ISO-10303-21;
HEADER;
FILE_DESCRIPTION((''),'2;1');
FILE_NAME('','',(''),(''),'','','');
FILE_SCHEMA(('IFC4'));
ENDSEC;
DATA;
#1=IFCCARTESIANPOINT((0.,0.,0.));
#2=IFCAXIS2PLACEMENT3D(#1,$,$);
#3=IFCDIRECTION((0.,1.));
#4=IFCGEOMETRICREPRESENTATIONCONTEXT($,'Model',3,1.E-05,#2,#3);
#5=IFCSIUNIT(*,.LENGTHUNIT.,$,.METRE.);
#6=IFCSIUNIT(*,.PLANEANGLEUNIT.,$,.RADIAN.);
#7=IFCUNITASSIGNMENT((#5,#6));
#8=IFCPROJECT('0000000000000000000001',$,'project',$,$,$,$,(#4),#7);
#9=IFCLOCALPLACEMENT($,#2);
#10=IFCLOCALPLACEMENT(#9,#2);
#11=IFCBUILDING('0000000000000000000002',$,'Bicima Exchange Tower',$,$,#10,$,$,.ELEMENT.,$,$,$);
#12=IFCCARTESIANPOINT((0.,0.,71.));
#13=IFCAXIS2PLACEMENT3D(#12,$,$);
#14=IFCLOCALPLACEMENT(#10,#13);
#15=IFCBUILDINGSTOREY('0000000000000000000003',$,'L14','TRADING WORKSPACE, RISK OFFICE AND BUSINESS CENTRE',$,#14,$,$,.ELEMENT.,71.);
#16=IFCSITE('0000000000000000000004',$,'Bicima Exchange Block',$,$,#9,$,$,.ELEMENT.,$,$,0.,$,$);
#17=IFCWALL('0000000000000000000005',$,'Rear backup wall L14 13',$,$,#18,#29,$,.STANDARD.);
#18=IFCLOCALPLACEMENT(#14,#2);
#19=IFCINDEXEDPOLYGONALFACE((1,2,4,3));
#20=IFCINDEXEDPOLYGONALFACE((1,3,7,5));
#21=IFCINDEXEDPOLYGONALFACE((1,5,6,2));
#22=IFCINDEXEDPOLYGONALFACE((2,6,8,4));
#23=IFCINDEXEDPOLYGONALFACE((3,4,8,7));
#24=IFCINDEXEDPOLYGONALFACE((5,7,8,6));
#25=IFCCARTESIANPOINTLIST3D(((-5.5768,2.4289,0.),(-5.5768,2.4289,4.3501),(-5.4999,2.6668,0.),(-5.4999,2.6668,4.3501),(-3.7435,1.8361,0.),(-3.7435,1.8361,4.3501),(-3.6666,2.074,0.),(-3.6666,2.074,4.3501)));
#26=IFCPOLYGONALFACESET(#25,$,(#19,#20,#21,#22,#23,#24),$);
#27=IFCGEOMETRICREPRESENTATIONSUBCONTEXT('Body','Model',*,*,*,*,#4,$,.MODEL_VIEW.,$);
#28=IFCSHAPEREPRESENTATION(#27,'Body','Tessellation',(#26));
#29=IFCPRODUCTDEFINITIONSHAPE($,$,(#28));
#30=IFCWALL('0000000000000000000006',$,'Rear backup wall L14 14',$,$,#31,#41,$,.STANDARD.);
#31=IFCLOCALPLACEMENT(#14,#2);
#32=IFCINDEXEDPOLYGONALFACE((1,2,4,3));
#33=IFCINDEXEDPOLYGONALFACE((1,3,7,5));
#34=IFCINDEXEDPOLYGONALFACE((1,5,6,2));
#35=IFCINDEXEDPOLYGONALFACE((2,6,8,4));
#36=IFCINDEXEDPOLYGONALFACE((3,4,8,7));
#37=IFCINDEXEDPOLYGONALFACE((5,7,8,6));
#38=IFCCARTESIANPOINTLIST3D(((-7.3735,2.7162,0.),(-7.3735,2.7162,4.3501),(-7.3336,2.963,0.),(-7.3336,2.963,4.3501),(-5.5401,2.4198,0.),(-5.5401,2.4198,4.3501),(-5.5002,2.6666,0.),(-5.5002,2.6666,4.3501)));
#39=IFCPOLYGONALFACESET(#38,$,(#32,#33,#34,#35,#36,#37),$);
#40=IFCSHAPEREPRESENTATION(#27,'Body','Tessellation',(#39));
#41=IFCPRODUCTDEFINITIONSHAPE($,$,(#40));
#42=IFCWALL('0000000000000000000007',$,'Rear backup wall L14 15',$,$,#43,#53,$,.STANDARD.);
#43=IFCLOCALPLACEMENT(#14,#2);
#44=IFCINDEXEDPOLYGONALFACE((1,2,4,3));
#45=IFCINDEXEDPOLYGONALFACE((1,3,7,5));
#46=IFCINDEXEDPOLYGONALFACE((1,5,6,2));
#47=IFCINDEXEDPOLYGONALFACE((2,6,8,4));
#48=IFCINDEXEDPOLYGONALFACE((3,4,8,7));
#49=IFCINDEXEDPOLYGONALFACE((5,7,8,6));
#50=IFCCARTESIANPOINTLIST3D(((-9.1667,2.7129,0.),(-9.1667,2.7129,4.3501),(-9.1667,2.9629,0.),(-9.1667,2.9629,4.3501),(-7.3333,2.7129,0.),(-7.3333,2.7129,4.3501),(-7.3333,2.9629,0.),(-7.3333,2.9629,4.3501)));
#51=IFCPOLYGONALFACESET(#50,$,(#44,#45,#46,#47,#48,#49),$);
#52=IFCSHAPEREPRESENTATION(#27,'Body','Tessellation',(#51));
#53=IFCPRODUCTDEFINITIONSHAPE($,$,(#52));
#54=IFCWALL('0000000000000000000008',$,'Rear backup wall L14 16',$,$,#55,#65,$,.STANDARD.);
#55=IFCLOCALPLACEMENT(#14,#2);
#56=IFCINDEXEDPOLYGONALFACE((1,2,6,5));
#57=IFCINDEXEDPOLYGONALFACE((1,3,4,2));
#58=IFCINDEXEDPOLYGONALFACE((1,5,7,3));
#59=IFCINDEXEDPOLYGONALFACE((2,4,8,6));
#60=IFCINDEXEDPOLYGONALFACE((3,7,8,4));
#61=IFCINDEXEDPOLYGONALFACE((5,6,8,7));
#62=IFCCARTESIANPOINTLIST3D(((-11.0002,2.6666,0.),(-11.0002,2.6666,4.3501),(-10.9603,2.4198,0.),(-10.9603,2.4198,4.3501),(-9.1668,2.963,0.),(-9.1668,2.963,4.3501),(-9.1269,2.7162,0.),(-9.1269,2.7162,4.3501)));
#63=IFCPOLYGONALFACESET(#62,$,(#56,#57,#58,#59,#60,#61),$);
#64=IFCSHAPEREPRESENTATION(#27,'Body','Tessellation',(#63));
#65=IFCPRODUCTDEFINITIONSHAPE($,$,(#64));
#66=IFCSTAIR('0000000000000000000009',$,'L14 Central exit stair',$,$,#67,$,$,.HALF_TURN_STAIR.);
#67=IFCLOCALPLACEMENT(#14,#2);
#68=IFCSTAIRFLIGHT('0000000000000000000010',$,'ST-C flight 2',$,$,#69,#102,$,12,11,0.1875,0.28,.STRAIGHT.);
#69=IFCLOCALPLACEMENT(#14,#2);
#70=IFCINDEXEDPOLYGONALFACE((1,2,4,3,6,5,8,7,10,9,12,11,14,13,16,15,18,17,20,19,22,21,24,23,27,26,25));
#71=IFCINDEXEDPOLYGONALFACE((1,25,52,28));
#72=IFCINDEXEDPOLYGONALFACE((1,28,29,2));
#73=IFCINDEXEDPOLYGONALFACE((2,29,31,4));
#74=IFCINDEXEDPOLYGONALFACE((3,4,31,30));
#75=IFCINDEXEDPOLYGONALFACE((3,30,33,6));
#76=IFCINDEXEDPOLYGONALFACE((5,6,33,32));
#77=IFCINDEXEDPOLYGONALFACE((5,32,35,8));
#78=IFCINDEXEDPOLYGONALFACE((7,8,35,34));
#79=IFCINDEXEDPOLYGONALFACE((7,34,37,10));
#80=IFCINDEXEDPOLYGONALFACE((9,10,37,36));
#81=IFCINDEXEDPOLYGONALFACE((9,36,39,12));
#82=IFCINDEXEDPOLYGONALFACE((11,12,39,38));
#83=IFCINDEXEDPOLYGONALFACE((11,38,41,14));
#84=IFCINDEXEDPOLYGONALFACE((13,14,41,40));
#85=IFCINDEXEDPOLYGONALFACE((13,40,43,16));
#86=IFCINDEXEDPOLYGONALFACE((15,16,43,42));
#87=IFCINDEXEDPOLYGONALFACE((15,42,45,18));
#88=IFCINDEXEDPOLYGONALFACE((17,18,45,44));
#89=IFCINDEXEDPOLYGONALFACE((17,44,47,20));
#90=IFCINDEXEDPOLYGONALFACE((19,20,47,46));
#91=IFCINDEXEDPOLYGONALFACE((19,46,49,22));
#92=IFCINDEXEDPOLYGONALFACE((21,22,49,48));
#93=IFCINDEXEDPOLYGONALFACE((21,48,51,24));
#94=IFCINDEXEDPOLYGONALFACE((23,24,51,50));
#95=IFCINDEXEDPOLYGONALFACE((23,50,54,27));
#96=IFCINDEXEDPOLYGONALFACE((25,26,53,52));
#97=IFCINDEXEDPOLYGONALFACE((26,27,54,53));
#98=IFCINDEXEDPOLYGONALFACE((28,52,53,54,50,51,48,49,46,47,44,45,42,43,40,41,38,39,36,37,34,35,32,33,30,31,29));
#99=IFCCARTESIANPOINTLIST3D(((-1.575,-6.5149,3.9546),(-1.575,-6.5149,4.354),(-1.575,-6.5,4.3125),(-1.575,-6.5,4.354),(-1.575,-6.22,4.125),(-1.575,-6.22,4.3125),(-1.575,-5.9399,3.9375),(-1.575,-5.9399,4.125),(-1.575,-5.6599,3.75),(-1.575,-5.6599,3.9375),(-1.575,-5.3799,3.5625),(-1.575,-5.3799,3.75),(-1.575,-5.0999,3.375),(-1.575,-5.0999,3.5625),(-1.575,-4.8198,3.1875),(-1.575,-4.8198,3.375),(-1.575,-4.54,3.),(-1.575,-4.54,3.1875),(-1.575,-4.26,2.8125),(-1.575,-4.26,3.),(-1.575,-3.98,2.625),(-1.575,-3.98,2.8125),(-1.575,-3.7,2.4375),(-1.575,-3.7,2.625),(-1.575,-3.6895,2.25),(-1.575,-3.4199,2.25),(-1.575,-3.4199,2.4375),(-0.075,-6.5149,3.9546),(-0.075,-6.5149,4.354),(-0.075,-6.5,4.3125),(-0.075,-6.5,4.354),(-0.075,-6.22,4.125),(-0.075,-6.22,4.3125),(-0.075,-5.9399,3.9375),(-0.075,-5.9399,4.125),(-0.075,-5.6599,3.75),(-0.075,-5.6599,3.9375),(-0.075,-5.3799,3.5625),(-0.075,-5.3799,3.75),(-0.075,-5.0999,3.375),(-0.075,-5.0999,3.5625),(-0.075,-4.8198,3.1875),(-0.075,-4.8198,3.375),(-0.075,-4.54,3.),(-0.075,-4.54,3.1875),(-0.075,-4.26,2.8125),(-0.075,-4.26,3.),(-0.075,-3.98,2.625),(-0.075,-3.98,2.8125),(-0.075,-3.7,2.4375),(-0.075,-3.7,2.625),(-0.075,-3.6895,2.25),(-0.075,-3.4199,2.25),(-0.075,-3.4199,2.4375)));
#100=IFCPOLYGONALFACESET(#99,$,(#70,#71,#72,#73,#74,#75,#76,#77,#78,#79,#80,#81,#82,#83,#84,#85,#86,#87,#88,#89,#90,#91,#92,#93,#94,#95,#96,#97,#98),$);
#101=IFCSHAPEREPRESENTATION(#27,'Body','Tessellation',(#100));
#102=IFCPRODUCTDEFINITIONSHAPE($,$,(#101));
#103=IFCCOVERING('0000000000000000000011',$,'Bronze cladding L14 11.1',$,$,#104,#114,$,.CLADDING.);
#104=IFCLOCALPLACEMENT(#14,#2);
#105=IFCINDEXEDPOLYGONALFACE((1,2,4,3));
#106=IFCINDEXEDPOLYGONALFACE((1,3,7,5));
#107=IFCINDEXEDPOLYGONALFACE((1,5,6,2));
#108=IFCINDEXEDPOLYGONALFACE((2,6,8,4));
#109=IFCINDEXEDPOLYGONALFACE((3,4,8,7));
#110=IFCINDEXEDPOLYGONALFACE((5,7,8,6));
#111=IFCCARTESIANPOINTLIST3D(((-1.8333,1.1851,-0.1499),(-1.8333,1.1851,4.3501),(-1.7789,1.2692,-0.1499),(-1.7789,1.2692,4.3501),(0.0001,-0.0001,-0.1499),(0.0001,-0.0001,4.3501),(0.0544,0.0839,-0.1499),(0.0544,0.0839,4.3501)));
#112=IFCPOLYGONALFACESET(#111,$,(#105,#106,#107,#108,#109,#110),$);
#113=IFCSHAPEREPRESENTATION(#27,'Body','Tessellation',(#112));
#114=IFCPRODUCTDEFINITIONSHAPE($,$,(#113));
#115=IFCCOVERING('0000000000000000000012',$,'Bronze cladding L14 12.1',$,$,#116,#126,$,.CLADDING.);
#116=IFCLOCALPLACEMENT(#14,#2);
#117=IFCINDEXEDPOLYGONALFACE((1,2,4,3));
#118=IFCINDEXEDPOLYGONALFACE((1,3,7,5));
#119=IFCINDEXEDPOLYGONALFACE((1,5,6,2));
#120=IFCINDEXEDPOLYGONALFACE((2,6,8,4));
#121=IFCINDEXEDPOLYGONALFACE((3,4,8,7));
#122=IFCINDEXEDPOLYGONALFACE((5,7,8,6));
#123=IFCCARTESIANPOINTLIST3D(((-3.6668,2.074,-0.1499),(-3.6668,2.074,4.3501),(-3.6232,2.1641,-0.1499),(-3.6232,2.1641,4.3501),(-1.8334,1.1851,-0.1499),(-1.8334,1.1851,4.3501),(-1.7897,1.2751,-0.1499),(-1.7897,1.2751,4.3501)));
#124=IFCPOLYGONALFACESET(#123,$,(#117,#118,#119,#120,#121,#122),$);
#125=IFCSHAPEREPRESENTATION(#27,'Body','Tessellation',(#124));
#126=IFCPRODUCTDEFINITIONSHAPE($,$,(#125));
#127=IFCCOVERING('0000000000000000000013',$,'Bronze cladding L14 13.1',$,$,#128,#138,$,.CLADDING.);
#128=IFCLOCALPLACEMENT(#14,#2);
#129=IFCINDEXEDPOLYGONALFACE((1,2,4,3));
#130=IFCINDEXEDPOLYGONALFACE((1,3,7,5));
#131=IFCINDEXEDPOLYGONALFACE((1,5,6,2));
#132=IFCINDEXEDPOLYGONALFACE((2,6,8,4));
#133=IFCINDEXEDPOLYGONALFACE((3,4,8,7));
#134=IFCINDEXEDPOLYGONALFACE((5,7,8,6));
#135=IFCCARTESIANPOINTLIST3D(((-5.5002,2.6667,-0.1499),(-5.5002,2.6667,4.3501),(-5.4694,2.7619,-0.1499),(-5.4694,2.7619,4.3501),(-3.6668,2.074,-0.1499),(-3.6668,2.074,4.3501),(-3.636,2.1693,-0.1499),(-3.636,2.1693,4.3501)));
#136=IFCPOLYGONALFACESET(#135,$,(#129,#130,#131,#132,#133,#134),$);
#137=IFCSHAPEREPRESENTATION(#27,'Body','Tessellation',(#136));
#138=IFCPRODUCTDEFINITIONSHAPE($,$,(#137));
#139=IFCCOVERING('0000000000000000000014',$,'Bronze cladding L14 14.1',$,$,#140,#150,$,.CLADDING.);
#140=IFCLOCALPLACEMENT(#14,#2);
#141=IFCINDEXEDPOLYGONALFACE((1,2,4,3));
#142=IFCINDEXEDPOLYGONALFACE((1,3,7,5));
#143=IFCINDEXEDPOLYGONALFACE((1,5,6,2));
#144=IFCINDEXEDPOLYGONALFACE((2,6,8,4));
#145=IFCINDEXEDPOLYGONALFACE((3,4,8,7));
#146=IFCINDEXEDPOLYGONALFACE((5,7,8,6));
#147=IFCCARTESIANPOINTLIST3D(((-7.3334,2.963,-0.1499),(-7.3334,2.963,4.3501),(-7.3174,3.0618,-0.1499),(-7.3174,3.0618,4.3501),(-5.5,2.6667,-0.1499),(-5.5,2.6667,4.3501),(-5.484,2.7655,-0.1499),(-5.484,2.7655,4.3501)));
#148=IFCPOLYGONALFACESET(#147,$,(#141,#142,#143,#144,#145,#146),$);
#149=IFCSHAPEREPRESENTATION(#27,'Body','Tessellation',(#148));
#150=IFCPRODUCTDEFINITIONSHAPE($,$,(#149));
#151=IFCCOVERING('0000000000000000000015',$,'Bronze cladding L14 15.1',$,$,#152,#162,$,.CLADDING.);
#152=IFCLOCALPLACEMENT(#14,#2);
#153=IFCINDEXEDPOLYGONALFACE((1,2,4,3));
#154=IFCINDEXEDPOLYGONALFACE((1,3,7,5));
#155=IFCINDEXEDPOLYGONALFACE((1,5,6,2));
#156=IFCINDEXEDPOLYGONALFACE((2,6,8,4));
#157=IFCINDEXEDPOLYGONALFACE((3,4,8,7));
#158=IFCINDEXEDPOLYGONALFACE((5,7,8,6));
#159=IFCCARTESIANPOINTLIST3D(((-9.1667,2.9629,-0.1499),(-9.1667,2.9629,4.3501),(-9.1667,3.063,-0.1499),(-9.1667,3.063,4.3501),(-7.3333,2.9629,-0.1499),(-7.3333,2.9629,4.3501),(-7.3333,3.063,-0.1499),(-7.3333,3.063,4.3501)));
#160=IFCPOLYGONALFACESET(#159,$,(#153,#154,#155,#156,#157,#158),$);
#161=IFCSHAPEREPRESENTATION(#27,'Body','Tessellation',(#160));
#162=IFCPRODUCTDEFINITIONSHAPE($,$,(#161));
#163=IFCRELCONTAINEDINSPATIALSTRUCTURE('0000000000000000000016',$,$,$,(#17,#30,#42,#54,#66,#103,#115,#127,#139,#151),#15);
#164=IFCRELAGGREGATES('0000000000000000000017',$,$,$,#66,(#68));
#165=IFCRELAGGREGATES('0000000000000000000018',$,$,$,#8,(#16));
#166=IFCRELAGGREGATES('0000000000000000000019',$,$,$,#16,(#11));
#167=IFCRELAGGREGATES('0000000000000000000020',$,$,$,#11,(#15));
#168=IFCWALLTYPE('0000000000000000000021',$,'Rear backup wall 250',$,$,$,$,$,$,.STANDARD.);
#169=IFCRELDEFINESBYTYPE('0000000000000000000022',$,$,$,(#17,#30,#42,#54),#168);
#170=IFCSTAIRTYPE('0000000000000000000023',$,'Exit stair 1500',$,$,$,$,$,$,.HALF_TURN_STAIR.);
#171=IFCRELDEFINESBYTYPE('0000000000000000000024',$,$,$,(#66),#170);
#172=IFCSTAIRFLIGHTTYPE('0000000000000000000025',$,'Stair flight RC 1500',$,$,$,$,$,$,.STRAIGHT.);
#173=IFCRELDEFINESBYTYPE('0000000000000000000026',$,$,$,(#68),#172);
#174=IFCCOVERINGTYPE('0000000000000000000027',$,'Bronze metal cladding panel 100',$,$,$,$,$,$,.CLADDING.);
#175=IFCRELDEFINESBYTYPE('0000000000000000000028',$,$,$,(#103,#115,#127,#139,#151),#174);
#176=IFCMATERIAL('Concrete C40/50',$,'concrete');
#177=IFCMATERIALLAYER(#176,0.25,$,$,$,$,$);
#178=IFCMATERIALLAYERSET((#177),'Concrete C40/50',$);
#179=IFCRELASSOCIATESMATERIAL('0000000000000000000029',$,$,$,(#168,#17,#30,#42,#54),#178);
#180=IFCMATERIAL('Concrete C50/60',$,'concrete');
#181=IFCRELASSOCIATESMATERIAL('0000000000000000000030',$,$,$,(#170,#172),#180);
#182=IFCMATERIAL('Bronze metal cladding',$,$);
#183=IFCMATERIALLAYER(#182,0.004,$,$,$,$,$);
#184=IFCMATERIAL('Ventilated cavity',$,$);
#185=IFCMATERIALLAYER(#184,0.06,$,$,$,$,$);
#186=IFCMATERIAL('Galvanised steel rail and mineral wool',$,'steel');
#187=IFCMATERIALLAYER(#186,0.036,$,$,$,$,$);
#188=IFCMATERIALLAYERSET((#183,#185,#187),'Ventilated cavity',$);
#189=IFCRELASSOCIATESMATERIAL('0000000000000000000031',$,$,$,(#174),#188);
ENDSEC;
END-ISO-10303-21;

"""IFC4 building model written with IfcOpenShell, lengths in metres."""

from ifc_helpers import new_model, si_unit, direction, frame, frame_2d, origin, origin_2d, place, context, subcontext, project, spatial, polyline, rectangle, outline, extrude, material, layer, layer_set, layer_usage, type_object, element, aggregate, save


model = new_model("IFC4")

# Units and contexts
model_context = context("Model", 3, precision=1e-05, world=origin(), true_north=direction((0.0, 1.0)))
body_context = subcontext(model_context, "Body", "Model", "MODEL_VIEW")
ifc_project = project(units=[si_unit("LENGTHUNIT", "METRE"), si_unit("PLANEANGLEUNIT", "RADIAN")], contexts=[model_context])

# Site, building, storey
site_placement = place(None, origin())
site = spatial("IfcSite", under=ifc_project, at=site_placement, Name="Bicima Exchange Block", CompositionType="ELEMENT", RefElevation=0.0)
building_placement = place(site_placement, origin())
building = spatial("IfcBuilding", under=site, at=building_placement, Name="Bicima Exchange Tower", CompositionType="ELEMENT")
storey_placement = place(building_placement, frame((0.0, 0.0, 71.0)))
storey = spatial("IfcBuildingStorey", under=building, at=storey_placement, Name="L14", Description="TRADING WORKSPACE, RISK OFFICE AND BUSINESS CENTRE", CompositionType="ELEMENT", Elevation=71.0)

# Shared definitions
ifc_material_1 = material(Name="Concrete C40/50", Category="concrete")

# Shared definitions
ifc_material_2 = material(Name="Concrete C50/60", Category="concrete")

# Walls
ifc_layer_1 = layer(ifc_material_1, 0.25)
ifc_layer_set_1 = layer_set([ifc_layer_1], Name="Concrete C40/50")
ifc_layer_usage = layer_usage(ifc_layer_set_1, "AXIS2", "POSITIVE", -0.125)
wall_type_1 = type_object("IfcWallType", Name="Rear backup wall 250", PredefinedType="STANDARD", material=ifc_layer_set_1)
wall_1_placement = place(storey_placement, frame((-3.7051, 1.9551, 0.0), z_axis=(0.0, 0.0, 1.0), x_axis=(-0.951496, 0.307662, 0.0)))
element("IfcWall", 1, at=wall_1_placement, inside=storey, type_object=wall_type_1, material=ifc_layer_usage, Name="Rear backup wall L14 13", PredefinedType="STANDARD", context=body_context, shape_type="SweptSolid", body=[
    extrude(rectangle(XDim=1.9268, YDim=0.25, at=frame_2d((0.9634, 0.0))), origin(), (0.0, 0.0, 1.0), 4.3501),
])
wall_2_placement = place(storey_placement, frame((-5.52, 2.5432, 0.0), z_axis=(0.0, 0.0, 1.0), x_axis=(-0.987182, 0.1596, 0.0)))
element("IfcWall", 2, at=wall_2_placement, inside=storey, type_object=wall_type_1, material=ifc_layer_usage, Name="Rear backup wall L14 14", PredefinedType="STANDARD", context=body_context, shape_type="SweptSolid", body=[
    extrude(rectangle(XDim=1.8572, YDim=0.25, at=frame_2d((0.9287, 0.0))), origin(), (0.0, 0.0, 1.0), 4.3501),
])
wall_3_placement = place(storey_placement, frame((-7.3333, 2.8379, 0.0), z_axis=(0.0, 0.0, 1.0), x_axis=(-1.0, 0.0, 0.0)))
element("IfcWall", 3, at=wall_3_placement, inside=storey, type_object=wall_type_1, material=ifc_layer_usage, Name="Rear backup wall L14 15", PredefinedType="STANDARD", context=body_context, shape_type="SweptSolid", body=[
    extrude(rectangle(XDim=1.8335, YDim=0.25, at=frame_2d((0.9167, 0.0))), origin(), (0.0, 0.0, 1.0), 4.3501),
])
wall_4_placement = place(storey_placement, frame((-9.1467, 2.8396, 0.0), z_axis=(0.0, 0.0, 1.0), x_axis=(-0.987182, -0.1596, 0.0)))
element("IfcWall", 4, at=wall_4_placement, inside=storey, type_object=wall_type_1, material=ifc_layer_usage, Name="Rear backup wall L14 16", PredefinedType="STANDARD", context=body_context, shape_type="SweptSolid", body=[
    extrude(rectangle(XDim=1.8572, YDim=0.25, at=frame_2d((0.9287, 0.0))), origin(), (0.0, 0.0, 1.0), 4.3501),
])

# Stair, stair flight
stair_type = type_object("IfcStairType", Name="Exit stair 1500", PredefinedType="HALF_TURN_STAIR", material=ifc_material_2)
stair_placement = place(storey_placement, origin())
stair = element("IfcStair", 5, at=stair_placement, inside=storey, type_object=stair_type, Name="L14 Central exit stair", PredefinedType="HALF_TURN_STAIR")
stair_flight_type = type_object("IfcStairFlightType", Name="Stair flight RC 1500", PredefinedType="STRAIGHT", material=ifc_material_2)
stair_flight_placement = place(storey_placement, frame((-0.825, -3.4199, 2.25), z_axis=(0.0, 0.0, 1.0), x_axis=(0.0, -1.0, 0.0)))
stair_flight = element("IfcStairFlight", 6, at=stair_flight_placement, type_object=stair_flight_type, Name="ST-C flight 2", NumberOfRisers=12, NumberOfTreads=11, PredefinedType="STRAIGHT", RiserHeight=0.1875, TreadLength=0.28, context=body_context, shape_type="SweptSolid", body=[
    extrude(outline(polyline([(0.0, 0.0), (0.0, 0.1875), (0.28, 0.1875), (0.28, 0.375), (0.5601, 0.375), (0.5601, 0.5625), (0.8401, 0.5625), (0.8401, 0.75), (1.1201, 0.75), (1.1201, 0.9375), (1.3999, 0.9375), (1.3999, 1.125), (1.6799, 1.125), (1.6799, 1.3125), (1.96, 1.3125), (1.96, 1.5), (2.24, 1.5), (2.24, 1.6875), (2.52, 1.6875), (2.52, 1.875), (2.8, 1.875), (2.8, 2.0625), (3.0801, 2.0625), (3.0801, 2.104), (3.095, 2.104), (3.095, 1.7046), (0.2695, 0.0), (0.0, 0.0)])), frame((0.0, 0.75, 0.0), z_axis=(0.0, -1.0, 0.0), x_axis=(1.0, 0.0, 0.0)), (0.0, 0.0, 1.0), 1.5),
])
aggregate(stair, [stair_flight])

# Coverings
ifc_material_3 = material(Name="Bronze metal cladding")
ifc_layer_2 = layer(ifc_material_3, 0.004)
ifc_material_4 = material(Name="Ventilated cavity")
ifc_layer_3 = layer(ifc_material_4, 0.06)
ifc_material_5 = material(Name="Galvanised steel rail and mineral wool", Category="steel")
ifc_layer_4 = layer(ifc_material_5, 0.036)
ifc_layer_set_2 = layer_set([ifc_layer_2, ifc_layer_3, ifc_layer_4], Name="Ventilated cavity")
covering_type = type_object("IfcCoveringType", Name="Bronze metal cladding panel 100", PredefinedType="CLADDING", material=ifc_layer_set_2)
covering_1_placement = place(storey_placement, frame((-0.8894, 0.6345, -0.1499), z_axis=(0.0, 0.0, 1.0), x_axis=(-0.83979, 0.542911, 0.0)))
element("IfcCovering", 7, at=covering_1_placement, inside=storey, type_object=covering_type, Name="Bronze cladding L14 11.1", PredefinedType="CLADDING", context=body_context, shape_type="SweptSolid", body=[
    extrude(rectangle(XDim=2.1831, YDim=0.1001, at=origin_2d()), origin(), (0.0, 0.0, 1.0), 4.5),
])
covering_2_placement = place(storey_placement, frame((-2.7283, 1.6746, -0.1499), z_axis=(0.0, 0.0, 1.0), x_axis=(-0.899818, 0.436265, 0.0)))
element("IfcCovering", 8, at=covering_2_placement, inside=storey, type_object=covering_type, Name="Bronze cladding L14 12.1", PredefinedType="CLADDING", context=body_context, shape_type="SweptSolid", body=[
    extrude(rectangle(XDim=2.0376, YDim=0.1001, at=origin_2d()), origin(), (0.0, 0.0, 1.0), 4.5),
])
covering_3_placement = place(storey_placement, frame((-4.5681, 2.418, -0.1499), z_axis=(0.0, 0.0, 1.0), x_axis=(-0.951525, 0.307573, 0.0)))
element("IfcCovering", 9, at=covering_3_placement, inside=storey, type_object=covering_type, Name="Bronze cladding L14 13.1", PredefinedType="CLADDING", context=body_context, shape_type="SweptSolid", body=[
    extrude(rectangle(XDim=1.9268, YDim=0.1001, at=origin_2d()), origin(), (0.0, 0.0, 1.0), 4.5),
])
covering_4_placement = place(storey_placement, frame((-6.4087, 2.8643, -0.1499), z_axis=(0.0, 0.0, 1.0), x_axis=(-0.98719, 0.15955, 0.0)))
element("IfcCovering", 10, at=covering_4_placement, inside=storey, type_object=covering_type, Name="Bronze cladding L14 14.1", PredefinedType="CLADDING", context=body_context, shape_type="SweptSolid", body=[
    extrude(rectangle(XDim=1.8572, YDim=0.1001, at=origin_2d()), origin(), (0.0, 0.0, 1.0), 4.5),
])
covering_5_placement = place(storey_placement, frame((-8.25, 3.0129, -0.1499), z_axis=(0.0, 0.0, 1.0), x_axis=(-1.0, 0.0, 0.0)))
element("IfcCovering", 11, at=covering_5_placement, inside=storey, type_object=covering_type, Name="Bronze cladding L14 15.1", PredefinedType="CLADDING", context=body_context, shape_type="SweptSolid", body=[
    extrude(rectangle(XDim=1.8335, YDim=0.1001, at=origin_2d()), origin(), (0.0, 0.0, 1.0), 4.5),
])

save(model, "model.ifc")
